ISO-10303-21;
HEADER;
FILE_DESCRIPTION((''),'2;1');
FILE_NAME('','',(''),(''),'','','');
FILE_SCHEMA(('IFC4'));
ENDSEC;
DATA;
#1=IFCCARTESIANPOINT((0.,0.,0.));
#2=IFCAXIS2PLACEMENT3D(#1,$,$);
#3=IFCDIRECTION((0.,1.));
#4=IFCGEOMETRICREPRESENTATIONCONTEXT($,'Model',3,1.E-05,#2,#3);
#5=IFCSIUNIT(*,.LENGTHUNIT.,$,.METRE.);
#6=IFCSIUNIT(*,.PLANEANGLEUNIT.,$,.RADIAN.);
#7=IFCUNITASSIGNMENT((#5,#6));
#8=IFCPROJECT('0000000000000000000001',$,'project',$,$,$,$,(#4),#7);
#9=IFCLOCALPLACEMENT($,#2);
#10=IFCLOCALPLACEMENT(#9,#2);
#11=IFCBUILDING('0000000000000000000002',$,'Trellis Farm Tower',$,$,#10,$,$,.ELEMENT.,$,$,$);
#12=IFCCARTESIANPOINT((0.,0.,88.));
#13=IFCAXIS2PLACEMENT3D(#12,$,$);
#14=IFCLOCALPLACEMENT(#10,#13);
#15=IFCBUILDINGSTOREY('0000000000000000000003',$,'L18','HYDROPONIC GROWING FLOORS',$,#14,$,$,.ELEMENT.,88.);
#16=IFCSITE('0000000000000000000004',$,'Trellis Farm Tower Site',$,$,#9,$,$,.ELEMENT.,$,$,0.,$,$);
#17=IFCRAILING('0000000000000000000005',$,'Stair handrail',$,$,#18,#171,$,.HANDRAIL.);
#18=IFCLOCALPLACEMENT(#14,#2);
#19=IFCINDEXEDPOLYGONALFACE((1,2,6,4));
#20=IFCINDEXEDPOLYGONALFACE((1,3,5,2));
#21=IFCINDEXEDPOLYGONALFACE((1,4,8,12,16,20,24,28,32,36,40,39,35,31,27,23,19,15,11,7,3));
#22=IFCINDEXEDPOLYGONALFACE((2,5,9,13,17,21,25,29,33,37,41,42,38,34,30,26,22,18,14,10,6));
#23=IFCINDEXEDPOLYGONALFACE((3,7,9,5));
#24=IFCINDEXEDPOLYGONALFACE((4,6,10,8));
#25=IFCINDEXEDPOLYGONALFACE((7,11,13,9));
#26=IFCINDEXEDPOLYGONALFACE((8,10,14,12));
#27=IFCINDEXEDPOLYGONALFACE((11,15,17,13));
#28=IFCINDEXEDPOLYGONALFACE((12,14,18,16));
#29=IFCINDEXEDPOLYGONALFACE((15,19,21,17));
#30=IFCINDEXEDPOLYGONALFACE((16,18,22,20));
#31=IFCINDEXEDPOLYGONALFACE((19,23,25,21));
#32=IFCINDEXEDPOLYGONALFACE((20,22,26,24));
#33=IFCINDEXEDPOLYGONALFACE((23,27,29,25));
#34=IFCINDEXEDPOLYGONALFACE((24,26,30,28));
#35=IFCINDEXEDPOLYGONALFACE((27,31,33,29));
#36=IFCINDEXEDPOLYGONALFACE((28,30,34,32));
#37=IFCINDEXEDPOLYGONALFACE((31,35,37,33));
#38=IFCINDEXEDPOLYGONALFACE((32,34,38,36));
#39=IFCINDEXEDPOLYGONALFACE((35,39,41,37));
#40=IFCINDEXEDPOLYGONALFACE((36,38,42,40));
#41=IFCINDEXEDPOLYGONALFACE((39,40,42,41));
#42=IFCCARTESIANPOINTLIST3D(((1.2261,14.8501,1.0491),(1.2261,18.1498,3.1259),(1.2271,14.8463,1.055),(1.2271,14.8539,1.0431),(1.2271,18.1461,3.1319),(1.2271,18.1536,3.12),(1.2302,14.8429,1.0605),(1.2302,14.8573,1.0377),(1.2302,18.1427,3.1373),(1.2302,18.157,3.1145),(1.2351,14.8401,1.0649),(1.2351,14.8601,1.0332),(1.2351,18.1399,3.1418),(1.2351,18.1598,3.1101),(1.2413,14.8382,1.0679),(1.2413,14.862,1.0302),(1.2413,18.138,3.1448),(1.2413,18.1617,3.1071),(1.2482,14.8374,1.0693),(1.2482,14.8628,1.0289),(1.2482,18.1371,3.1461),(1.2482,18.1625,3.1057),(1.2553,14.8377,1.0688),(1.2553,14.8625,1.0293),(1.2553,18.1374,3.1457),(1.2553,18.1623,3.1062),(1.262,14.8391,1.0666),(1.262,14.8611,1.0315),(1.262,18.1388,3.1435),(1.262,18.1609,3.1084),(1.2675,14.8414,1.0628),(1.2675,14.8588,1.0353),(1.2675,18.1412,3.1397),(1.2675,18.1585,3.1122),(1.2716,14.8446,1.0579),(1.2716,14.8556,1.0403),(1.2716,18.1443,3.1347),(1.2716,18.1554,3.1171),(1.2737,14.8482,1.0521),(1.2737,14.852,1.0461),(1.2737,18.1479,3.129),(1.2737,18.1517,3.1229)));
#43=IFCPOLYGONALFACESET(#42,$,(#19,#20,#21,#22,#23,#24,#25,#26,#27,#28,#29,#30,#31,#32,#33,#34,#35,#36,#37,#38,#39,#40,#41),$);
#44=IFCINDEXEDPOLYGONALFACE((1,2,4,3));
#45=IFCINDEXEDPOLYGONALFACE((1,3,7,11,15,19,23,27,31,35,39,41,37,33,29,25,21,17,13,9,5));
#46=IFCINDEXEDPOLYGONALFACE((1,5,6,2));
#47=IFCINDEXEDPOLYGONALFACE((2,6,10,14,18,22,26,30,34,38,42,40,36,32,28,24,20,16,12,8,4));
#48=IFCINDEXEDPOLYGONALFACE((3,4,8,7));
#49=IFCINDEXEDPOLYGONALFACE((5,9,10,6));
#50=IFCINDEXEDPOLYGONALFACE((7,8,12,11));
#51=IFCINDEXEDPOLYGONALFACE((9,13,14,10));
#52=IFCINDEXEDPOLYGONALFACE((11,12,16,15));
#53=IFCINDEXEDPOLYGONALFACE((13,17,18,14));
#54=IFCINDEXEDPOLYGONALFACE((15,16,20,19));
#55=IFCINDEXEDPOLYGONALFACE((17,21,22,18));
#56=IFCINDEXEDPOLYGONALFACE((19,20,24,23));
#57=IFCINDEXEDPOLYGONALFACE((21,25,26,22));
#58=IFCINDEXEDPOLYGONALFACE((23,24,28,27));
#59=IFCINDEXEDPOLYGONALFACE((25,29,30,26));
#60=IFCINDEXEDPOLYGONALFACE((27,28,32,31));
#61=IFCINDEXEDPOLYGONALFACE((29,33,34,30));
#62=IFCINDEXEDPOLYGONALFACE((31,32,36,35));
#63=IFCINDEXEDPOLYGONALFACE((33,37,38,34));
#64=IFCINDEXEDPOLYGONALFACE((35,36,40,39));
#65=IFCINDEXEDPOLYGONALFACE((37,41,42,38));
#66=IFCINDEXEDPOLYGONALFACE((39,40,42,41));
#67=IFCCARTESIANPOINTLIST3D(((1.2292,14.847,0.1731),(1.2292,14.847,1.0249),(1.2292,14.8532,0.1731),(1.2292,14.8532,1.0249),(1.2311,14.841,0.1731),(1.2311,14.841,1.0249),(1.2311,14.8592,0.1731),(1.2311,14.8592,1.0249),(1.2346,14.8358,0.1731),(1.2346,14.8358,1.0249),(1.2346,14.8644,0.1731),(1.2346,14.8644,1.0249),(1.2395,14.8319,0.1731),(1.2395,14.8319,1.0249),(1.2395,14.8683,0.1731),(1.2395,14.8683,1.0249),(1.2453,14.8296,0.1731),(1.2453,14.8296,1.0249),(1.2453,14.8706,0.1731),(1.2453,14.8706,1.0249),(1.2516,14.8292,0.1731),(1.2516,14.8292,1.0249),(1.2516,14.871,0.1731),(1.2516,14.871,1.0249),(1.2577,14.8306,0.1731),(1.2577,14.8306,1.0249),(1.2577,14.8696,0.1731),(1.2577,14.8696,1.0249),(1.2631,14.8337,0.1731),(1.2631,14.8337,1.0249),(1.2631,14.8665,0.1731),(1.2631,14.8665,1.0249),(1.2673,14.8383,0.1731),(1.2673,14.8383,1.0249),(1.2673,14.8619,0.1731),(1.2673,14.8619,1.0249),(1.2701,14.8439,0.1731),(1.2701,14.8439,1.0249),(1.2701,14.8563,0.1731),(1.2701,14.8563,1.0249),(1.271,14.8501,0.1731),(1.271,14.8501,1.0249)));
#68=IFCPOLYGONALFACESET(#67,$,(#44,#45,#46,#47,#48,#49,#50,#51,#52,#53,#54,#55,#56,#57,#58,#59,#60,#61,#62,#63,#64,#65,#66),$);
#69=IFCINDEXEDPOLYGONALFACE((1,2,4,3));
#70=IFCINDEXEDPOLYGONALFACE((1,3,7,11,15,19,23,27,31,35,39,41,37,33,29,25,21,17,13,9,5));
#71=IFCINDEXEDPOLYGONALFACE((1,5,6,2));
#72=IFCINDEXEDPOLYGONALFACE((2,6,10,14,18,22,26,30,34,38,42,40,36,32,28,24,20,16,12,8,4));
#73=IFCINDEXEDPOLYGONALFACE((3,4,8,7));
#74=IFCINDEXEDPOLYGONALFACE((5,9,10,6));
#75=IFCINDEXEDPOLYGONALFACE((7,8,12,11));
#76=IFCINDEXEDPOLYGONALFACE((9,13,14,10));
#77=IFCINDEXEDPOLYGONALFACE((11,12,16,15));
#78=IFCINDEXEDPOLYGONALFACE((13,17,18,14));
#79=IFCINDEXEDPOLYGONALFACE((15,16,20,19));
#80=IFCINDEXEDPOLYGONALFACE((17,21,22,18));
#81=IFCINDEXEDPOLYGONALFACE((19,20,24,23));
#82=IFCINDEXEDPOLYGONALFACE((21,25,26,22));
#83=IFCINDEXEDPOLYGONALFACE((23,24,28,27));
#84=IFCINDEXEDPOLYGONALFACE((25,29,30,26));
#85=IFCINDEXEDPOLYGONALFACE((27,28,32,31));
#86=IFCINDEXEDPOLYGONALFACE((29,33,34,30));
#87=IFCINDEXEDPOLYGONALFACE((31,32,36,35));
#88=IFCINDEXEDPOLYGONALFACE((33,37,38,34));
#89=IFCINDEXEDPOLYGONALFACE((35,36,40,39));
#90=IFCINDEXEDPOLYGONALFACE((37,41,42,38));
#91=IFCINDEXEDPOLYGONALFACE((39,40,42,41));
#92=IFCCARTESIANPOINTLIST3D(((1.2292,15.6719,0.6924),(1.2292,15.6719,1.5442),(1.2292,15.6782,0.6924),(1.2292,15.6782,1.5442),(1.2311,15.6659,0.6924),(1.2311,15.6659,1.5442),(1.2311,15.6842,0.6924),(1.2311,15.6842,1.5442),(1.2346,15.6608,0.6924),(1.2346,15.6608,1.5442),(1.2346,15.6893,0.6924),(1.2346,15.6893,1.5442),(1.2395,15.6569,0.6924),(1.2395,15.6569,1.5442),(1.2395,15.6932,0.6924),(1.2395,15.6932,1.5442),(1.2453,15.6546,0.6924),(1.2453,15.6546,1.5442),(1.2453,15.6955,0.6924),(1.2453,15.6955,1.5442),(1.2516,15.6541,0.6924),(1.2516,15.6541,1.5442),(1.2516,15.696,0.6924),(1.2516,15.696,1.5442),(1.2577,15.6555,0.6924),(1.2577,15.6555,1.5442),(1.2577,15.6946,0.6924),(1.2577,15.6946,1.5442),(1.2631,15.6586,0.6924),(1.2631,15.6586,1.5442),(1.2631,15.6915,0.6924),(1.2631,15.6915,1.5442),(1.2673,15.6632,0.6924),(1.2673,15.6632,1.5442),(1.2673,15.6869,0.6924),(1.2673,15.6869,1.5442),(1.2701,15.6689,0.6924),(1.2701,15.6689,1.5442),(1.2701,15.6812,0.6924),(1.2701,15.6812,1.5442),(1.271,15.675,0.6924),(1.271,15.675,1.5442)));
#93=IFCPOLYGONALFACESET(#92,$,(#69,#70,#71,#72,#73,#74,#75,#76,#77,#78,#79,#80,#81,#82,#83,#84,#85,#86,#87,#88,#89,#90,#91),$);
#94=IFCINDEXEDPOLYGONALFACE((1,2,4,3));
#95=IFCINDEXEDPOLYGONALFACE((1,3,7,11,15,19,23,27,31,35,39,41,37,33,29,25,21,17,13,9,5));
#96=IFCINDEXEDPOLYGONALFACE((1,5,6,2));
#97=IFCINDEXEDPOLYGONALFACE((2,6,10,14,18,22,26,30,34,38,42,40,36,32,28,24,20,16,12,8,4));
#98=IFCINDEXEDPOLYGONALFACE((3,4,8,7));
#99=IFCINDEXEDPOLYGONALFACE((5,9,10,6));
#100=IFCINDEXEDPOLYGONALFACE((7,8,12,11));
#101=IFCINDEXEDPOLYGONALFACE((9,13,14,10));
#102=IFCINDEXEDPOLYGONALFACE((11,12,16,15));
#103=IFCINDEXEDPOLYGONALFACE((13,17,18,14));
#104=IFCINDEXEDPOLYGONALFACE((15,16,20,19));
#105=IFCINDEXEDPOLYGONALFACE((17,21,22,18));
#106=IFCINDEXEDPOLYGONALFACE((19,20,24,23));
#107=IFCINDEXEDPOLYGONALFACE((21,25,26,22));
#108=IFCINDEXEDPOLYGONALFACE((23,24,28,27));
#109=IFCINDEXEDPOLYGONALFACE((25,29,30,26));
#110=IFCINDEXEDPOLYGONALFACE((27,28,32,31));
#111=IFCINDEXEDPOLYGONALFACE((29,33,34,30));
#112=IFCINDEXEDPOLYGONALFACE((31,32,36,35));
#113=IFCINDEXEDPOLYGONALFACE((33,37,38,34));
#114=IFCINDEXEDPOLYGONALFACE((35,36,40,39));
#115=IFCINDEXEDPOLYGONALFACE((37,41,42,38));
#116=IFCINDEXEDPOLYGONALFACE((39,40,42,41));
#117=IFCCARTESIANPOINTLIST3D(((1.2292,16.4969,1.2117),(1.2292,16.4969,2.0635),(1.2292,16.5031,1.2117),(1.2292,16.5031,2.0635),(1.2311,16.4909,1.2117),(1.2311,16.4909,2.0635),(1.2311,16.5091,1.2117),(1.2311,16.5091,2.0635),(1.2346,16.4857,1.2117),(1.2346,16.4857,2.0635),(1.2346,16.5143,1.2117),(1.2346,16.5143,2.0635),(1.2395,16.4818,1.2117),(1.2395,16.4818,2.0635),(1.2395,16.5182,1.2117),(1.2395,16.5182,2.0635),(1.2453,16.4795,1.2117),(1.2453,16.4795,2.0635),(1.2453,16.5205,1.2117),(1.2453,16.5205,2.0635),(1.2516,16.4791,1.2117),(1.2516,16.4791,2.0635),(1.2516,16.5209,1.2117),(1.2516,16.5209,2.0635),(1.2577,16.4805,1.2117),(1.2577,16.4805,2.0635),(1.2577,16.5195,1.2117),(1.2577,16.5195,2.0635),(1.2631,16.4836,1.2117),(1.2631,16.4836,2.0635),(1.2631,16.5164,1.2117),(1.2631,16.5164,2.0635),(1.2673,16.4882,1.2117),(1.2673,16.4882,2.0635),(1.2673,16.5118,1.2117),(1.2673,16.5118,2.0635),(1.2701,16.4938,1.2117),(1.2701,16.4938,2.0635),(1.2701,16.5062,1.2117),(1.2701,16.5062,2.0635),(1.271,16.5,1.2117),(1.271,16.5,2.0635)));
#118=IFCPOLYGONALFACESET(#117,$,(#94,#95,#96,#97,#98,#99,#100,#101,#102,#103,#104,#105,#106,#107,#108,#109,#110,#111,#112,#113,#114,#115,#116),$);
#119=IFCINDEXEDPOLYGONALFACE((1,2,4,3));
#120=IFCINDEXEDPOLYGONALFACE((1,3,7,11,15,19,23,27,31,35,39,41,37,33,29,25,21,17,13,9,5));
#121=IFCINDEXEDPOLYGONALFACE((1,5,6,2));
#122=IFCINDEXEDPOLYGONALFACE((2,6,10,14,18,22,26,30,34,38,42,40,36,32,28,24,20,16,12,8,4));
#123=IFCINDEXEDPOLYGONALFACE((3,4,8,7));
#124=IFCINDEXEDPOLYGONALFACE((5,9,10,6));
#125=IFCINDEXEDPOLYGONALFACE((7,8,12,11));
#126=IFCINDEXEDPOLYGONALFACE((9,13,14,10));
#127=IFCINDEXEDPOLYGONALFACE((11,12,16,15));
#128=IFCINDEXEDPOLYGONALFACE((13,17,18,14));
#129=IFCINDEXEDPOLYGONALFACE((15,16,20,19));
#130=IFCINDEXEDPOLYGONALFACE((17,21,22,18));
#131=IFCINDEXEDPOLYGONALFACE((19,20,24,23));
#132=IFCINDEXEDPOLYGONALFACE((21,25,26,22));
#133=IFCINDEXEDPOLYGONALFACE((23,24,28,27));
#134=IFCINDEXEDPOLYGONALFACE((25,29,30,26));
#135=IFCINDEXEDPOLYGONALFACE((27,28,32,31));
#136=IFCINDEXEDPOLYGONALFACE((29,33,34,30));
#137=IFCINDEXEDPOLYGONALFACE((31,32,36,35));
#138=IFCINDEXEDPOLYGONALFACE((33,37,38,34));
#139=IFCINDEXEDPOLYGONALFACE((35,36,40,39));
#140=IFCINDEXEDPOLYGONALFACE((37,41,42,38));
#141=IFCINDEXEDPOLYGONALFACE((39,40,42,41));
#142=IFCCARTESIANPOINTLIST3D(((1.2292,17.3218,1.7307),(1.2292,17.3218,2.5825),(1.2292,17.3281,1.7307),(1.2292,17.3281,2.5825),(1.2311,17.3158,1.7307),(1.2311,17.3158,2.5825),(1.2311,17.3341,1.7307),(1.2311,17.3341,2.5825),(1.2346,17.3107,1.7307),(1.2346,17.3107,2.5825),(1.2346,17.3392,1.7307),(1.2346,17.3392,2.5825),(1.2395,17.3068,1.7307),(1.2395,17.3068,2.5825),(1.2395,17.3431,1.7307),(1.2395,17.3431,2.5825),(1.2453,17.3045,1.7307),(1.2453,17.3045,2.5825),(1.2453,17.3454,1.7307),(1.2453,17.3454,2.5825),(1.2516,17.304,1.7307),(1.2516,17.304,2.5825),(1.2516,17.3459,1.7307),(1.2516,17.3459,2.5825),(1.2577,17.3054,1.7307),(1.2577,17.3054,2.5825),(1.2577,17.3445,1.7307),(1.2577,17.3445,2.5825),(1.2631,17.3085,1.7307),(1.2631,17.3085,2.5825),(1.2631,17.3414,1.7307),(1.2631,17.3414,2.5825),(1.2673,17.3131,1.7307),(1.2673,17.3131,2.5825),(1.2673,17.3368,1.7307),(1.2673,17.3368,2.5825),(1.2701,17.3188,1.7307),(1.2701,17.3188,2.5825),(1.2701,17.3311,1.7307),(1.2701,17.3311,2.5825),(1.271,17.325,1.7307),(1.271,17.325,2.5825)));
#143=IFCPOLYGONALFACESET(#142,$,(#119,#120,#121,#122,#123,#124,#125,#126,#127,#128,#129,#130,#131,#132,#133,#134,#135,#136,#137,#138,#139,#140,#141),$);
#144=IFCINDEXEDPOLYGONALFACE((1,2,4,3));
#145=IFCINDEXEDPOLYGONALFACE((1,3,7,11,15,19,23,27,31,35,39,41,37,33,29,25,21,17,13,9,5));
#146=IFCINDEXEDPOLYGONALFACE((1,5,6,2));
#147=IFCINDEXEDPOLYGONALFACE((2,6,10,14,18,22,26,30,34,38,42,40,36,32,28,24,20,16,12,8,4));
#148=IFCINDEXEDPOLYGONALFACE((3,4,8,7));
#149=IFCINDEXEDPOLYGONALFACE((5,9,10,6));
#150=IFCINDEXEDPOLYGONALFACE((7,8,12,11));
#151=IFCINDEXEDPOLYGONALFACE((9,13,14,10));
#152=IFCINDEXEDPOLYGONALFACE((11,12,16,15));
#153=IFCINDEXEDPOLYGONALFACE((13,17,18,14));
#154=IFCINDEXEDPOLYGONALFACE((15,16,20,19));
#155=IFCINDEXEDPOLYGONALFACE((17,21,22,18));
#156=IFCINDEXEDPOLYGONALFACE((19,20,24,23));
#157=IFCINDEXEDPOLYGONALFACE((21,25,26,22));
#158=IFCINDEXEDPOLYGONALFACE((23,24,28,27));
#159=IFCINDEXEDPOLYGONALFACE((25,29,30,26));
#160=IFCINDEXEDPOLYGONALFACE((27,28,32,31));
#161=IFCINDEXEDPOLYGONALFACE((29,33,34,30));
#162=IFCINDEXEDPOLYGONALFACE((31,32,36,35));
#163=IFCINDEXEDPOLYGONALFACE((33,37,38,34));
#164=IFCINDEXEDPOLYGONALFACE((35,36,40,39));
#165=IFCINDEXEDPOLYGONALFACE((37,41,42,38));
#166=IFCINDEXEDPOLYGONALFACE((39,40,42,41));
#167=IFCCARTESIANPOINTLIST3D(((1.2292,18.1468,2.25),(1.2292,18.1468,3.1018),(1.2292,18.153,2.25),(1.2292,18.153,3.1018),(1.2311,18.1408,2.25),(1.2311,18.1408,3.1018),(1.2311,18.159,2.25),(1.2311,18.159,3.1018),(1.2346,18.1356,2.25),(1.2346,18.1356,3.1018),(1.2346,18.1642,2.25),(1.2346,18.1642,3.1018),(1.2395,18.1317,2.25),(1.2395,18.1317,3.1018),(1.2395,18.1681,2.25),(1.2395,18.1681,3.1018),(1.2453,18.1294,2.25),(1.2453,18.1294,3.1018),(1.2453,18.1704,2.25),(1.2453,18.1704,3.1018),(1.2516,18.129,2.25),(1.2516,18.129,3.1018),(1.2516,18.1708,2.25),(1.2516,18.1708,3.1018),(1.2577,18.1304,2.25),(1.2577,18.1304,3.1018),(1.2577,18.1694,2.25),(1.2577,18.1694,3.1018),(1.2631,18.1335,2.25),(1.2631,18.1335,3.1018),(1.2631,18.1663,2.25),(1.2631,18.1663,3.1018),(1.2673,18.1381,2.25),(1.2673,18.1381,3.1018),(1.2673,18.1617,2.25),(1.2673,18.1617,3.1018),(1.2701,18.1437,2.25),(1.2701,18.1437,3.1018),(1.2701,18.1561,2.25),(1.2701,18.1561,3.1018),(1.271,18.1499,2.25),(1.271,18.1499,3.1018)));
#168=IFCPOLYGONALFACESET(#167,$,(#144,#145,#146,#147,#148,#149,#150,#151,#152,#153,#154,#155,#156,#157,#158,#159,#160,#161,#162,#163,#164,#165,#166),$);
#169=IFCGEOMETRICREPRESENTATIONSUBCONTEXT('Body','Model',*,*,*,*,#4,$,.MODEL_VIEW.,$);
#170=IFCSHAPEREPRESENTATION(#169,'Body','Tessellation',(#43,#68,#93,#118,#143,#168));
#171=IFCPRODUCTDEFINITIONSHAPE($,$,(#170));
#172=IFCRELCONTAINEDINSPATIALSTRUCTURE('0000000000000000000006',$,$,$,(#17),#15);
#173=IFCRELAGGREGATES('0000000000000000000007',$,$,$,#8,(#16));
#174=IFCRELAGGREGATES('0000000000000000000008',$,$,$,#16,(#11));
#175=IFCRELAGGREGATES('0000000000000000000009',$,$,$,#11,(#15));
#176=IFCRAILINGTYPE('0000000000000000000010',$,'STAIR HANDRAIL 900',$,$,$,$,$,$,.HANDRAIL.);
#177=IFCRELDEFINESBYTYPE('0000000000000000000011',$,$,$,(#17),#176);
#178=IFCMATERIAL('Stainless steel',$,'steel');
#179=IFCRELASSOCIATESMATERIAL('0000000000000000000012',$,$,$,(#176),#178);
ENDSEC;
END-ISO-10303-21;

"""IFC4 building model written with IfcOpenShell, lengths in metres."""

from ifc_helpers import new_model, si_unit, direction, frame, origin, origin_2d, place, context, subcontext, project, spatial, circle, extrude, source, transform, mapped, material, type_object, element, save


model = new_model("IFC4")

# Units and contexts
model_context = context("Model", 3, precision=1e-05, world=origin(), true_north=direction((0.0, 1.0)))
body_context = subcontext(model_context, "Body", "Model", "MODEL_VIEW")
ifc_project = project(units=[si_unit("LENGTHUNIT", "METRE"), si_unit("PLANEANGLEUNIT", "RADIAN")], contexts=[model_context])

# Site, building, storey
site_placement = place(None, origin())
site = spatial("IfcSite", under=ifc_project, at=site_placement, Name="Trellis Farm Tower Site", CompositionType="ELEMENT", RefElevation=0.0)
building_placement = place(site_placement, origin())
building = spatial("IfcBuilding", under=site, at=building_placement, Name="Trellis Farm Tower", CompositionType="ELEMENT")
storey_placement = place(building_placement, frame((0.0, 0.0, 88.0)))
storey = spatial("IfcBuildingStorey", under=building, at=storey_placement, Name="L18", Description="HYDROPONIC GROWING FLOORS", CompositionType="ELEMENT", Elevation=88.0)

# Railing
ifc_material_1 = material(Name="Stainless steel", Category="steel")
railing_type = type_object("IfcRailingType", Name="STAIR HANDRAIL 900", PredefinedType="HANDRAIL", material=ifc_material_1)
shared_shape_1 = source(origin(), body_context, "Body", "SweptSolid", [
    extrude(circle(Radius=0.0239, at=origin_2d()), frame((0.0, 0.0, 0.876), z_axis=(0.0, 0.84632, 0.532675), x_axis=(-1.0, 0.0, 0.0)), (0.0, 0.0, 1.0), 3.8989),
    extrude(circle(Radius=0.021, at=origin_2d()), origin(), (0.0, 0.0, 1.0), 0.8518),
    extrude(circle(Radius=0.021, at=origin_2d()), frame((0.0, 0.825, 0.5193)), (0.0, 0.0, 1.0), 0.8518),
    extrude(circle(Radius=0.021, at=origin_2d()), frame((0.0, 1.6499, 1.0386)), (0.0, 0.0, 1.0), 0.8518),
    extrude(circle(Radius=0.021, at=origin_2d()), frame((0.0, 2.4749, 1.5576)), (0.0, 0.0, 1.0), 0.8518),
    extrude(circle(Radius=0.021, at=origin_2d()), frame((0.0, 3.2998, 2.0769)), (0.0, 0.0, 1.0), 0.8518),
])
railing_placement = place(storey_placement, frame((1.25, 14.8501, 0.1731)))
element("IfcRailing", 1, at=railing_placement, inside=storey, type_object=railing_type, Name="Stair handrail", PredefinedType="HANDRAIL", context=body_context, shape_type="MappedRepresentation", body=[
    mapped(shared_shape_1, transform((0.0, 0.0, 0.0))),
])

save(model, "model.ifc")
